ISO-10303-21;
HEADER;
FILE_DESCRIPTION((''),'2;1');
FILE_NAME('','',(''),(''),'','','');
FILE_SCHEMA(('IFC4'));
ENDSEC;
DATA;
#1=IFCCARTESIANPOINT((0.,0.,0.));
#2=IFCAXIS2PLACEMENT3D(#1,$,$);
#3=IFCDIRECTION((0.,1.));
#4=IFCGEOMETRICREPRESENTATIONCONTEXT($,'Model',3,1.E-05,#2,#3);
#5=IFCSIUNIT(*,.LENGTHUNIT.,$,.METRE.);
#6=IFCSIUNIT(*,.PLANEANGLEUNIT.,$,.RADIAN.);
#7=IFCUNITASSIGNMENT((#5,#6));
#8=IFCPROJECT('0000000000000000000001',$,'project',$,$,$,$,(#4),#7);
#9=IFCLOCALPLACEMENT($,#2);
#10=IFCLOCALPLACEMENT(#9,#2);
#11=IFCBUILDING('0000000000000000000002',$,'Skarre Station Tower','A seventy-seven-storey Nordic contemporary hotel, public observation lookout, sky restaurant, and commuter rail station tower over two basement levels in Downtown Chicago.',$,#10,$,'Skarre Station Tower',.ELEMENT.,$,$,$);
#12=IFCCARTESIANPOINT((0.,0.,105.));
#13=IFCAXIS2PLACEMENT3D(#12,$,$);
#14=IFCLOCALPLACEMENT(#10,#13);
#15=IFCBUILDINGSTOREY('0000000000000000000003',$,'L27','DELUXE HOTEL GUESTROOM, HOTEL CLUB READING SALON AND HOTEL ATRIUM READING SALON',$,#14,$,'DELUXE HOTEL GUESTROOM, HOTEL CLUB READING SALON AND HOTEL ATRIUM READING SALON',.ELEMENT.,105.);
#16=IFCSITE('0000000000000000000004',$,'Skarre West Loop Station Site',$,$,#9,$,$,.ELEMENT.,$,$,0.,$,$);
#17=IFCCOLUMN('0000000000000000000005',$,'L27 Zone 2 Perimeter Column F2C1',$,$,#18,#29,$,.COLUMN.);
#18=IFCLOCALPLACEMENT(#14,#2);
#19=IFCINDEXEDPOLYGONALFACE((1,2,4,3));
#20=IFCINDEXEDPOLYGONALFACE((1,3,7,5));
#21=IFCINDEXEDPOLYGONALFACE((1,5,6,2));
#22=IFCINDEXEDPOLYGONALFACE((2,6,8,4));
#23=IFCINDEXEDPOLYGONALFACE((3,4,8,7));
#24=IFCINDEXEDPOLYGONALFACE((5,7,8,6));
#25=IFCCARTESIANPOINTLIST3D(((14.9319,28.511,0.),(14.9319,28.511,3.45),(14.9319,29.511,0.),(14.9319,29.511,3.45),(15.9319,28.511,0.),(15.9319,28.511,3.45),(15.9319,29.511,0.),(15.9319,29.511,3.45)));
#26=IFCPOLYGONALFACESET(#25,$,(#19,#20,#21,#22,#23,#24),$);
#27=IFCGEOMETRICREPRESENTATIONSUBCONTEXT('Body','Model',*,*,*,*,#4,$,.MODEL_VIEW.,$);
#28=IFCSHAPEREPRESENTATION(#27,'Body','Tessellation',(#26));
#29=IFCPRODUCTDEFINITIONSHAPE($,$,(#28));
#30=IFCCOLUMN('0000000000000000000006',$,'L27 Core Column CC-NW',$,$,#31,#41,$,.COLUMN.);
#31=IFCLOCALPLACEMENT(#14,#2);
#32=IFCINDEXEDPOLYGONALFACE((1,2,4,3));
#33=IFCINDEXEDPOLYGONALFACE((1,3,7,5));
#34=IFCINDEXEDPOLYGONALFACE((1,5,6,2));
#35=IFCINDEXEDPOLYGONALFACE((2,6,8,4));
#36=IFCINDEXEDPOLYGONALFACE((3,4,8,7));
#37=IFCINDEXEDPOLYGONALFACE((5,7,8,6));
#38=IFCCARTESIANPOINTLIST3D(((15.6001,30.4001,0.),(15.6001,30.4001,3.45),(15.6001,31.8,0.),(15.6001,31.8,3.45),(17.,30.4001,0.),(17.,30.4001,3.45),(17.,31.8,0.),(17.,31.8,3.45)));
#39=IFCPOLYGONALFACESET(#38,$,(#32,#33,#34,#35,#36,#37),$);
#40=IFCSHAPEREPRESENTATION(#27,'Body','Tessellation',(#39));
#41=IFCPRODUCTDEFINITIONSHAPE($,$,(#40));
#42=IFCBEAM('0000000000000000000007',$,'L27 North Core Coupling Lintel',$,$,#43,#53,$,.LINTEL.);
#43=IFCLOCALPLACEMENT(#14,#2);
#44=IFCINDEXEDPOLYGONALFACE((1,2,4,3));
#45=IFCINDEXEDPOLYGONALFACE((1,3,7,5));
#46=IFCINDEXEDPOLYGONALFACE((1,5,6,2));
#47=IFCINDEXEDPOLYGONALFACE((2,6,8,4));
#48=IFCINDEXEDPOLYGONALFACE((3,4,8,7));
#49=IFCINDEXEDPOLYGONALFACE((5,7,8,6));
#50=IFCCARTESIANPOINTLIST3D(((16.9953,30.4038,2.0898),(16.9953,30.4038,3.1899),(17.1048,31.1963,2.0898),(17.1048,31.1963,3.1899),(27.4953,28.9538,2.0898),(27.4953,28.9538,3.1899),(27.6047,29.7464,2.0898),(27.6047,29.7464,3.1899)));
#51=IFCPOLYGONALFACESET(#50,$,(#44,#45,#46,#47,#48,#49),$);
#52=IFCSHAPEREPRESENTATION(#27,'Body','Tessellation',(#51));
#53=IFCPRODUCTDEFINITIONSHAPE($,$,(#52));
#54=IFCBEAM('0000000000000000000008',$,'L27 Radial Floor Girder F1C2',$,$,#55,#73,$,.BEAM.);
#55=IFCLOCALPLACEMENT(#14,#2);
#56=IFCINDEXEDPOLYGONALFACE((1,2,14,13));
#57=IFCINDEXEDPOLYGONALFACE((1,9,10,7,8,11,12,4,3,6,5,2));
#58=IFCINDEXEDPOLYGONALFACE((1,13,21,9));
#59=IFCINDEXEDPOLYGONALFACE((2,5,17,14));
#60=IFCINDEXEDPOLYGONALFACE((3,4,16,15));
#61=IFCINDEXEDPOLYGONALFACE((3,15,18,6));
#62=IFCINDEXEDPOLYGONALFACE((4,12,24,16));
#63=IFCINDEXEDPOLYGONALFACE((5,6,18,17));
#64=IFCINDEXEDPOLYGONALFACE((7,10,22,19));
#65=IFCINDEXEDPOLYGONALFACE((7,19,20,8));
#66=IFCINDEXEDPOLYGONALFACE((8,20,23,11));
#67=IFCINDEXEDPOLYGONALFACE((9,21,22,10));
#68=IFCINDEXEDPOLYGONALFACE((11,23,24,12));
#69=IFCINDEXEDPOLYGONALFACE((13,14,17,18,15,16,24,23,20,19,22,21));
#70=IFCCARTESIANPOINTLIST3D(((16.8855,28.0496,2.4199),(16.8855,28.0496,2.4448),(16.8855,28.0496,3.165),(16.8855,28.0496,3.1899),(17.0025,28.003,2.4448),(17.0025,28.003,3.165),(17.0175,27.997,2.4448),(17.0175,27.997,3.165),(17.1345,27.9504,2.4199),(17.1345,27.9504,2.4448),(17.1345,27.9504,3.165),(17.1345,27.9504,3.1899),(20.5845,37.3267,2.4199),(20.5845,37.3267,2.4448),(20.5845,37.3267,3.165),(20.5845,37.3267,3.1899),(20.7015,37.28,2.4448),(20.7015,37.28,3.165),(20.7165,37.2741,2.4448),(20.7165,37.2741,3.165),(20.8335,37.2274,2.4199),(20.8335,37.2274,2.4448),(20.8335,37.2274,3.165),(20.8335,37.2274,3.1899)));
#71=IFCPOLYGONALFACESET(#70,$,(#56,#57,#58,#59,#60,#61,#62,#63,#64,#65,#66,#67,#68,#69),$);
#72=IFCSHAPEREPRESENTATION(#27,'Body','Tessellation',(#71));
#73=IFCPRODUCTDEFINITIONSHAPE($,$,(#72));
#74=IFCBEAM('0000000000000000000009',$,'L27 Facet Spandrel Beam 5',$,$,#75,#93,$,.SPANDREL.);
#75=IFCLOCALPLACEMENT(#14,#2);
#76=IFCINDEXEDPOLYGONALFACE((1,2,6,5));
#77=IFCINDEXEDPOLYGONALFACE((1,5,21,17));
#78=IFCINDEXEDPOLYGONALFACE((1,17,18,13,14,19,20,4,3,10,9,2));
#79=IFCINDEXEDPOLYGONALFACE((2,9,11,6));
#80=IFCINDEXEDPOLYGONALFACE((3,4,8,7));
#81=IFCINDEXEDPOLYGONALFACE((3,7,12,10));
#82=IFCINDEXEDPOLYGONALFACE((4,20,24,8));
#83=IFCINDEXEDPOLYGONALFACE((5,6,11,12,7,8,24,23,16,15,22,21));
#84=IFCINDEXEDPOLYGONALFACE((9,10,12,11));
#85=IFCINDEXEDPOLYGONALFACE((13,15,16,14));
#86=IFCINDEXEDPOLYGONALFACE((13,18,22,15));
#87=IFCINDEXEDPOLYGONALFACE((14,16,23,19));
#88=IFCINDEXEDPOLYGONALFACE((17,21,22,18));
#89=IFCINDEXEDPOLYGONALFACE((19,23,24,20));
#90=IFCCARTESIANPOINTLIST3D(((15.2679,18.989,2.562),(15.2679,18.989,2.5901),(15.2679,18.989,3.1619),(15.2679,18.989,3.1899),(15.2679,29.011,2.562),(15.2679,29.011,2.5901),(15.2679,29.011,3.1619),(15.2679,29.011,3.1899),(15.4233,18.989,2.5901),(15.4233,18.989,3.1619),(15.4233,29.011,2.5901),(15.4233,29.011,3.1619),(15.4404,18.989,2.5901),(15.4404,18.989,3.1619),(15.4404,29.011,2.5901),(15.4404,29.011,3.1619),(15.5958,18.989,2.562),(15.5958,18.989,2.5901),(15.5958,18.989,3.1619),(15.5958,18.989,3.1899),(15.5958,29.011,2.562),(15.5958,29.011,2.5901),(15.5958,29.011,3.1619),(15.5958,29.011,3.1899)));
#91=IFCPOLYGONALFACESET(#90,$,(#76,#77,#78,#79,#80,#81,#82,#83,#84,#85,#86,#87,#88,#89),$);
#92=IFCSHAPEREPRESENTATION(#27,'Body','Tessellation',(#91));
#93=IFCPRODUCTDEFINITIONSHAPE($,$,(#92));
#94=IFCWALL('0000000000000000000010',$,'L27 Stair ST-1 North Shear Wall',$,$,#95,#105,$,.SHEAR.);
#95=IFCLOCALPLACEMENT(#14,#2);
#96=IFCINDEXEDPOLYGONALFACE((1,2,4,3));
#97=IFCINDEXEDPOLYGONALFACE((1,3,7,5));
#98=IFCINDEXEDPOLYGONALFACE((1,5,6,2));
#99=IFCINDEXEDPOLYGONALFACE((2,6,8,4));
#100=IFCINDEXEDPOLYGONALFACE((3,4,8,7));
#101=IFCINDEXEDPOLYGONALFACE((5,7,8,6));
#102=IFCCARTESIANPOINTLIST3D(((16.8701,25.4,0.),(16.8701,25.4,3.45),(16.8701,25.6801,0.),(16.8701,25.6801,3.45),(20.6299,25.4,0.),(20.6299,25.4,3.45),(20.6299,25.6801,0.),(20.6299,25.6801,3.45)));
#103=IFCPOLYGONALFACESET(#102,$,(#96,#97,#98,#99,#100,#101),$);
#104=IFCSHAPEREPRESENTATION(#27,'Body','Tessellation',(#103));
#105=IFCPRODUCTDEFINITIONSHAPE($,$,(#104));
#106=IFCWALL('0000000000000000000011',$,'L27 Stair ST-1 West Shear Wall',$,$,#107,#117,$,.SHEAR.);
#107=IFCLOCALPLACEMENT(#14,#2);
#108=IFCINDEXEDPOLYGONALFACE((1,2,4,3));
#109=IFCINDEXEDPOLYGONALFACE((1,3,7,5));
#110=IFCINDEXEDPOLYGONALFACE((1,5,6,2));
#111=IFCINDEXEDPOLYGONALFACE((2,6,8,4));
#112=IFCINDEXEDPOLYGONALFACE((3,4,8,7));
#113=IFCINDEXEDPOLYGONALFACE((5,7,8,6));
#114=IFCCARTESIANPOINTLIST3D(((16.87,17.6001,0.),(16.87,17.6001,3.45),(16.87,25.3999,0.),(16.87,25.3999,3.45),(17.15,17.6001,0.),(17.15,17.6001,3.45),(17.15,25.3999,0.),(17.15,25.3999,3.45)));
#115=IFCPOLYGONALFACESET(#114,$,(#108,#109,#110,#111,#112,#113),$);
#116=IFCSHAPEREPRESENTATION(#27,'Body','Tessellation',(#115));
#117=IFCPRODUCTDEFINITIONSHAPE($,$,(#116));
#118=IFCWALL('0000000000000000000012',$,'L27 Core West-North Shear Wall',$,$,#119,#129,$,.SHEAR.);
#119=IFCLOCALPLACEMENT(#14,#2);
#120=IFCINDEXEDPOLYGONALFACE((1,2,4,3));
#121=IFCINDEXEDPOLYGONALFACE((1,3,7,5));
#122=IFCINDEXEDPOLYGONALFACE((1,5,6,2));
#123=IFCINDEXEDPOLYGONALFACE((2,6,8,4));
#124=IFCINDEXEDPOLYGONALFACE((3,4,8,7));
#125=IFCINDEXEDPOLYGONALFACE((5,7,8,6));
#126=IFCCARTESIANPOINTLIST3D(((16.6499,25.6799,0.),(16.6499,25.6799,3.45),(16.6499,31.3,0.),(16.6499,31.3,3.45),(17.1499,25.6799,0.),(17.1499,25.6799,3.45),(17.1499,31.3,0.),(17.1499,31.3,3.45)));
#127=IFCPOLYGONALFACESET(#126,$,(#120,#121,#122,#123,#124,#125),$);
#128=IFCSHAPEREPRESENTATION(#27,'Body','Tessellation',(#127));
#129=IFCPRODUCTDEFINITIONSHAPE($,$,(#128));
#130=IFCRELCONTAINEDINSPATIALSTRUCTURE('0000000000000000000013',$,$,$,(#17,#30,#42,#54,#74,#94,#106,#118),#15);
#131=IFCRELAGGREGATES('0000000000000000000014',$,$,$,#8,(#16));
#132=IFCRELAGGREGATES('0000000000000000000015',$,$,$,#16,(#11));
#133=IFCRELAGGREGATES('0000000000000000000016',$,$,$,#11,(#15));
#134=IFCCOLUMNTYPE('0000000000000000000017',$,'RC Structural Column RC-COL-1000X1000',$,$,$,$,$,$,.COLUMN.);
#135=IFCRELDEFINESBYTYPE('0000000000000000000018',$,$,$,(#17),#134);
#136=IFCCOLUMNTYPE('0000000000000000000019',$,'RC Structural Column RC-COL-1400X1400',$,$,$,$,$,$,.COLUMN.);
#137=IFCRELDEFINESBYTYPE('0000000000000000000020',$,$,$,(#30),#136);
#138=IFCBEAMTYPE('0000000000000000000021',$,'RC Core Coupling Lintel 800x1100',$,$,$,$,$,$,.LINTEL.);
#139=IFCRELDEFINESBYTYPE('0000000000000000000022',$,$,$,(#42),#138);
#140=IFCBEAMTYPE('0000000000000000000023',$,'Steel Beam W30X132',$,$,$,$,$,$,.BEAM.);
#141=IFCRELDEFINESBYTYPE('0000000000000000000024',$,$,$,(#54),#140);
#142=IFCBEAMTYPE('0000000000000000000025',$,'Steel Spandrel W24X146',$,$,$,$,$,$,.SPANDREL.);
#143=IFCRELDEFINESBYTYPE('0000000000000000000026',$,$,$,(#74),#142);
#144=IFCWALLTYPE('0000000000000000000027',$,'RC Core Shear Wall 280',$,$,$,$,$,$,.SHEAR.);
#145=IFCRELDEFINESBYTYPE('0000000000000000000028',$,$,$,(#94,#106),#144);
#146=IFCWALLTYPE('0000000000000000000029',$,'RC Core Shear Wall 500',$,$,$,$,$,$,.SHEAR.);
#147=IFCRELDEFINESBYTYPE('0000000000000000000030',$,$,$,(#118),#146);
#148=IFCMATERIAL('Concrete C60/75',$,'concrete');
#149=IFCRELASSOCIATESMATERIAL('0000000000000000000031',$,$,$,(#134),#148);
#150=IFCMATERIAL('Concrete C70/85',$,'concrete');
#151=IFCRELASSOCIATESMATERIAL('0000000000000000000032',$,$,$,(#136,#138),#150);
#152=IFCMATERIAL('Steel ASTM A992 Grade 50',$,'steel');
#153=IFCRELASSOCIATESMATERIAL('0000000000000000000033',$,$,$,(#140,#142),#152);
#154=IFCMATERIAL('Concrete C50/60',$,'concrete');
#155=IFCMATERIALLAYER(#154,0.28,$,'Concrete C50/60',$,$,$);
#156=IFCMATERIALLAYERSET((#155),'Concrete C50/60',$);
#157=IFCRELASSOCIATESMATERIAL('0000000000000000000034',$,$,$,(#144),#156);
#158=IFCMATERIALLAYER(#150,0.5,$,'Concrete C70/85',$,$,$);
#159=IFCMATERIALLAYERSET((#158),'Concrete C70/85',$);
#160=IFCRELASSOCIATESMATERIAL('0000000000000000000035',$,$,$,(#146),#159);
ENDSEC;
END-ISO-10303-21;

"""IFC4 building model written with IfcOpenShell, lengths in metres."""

from ifc_helpers import new_model, si_unit, direction, frame, frame_2d, origin, origin_2d, place, context, subcontext, project, spatial, rectangle, i_section, extrude, material, layer, layer_set, material_profile, profile_set, type_object, element, save


model = new_model("IFC4")

# Units and contexts
model_context = context("Model", 3, precision=1e-05, world=origin(), true_north=direction((0.0, 1.0)))
body_context = subcontext(model_context, "Body", "Model", "MODEL_VIEW")
ifc_project = project(units=[si_unit("LENGTHUNIT", "METRE"), si_unit("PLANEANGLEUNIT", "RADIAN")], contexts=[model_context])

# Site, building, storey
site_placement = place(None, origin())
site = spatial("IfcSite", under=ifc_project, at=site_placement, Name="Skarre West Loop Station Site", CompositionType="ELEMENT", RefElevation=0.0)
building_placement = place(site_placement, origin())
building = spatial("IfcBuilding", under=site, at=building_placement, Name="Skarre Station Tower", Description="A seventy-seven-storey Nordic contemporary hotel, public observation lookout, sky restaurant, and commuter rail station tower over two basement levels in Downtown Chicago.", LongName="Skarre Station Tower", CompositionType="ELEMENT")
storey_placement = place(building_placement, frame((0.0, 0.0, 105.0)))
storey = spatial("IfcBuildingStorey", under=building, at=storey_placement, Name="L27", Description="DELUXE HOTEL GUESTROOM, HOTEL CLUB READING SALON AND HOTEL ATRIUM READING SALON", LongName="DELUXE HOTEL GUESTROOM, HOTEL CLUB READING SALON AND HOTEL ATRIUM READING SALON", CompositionType="ELEMENT", Elevation=105.0)

# Columns
ifc_material_1 = material(Name="Concrete C60/75", Category="concrete")
ifc_material_profile_1 = material_profile(ifc_material_1, rectangle(XDim=1.0, YDim=1.0, at=origin_2d()), Name="Concrete C60/75")
ifc_profile_set_1 = profile_set([ifc_material_profile_1], Name="Concrete C60/75")
column_type_1 = type_object("IfcColumnType", Name="RC Structural Column RC-COL-1000X1000", PredefinedType="COLUMN", material=ifc_profile_set_1)
column_1_placement = place(storey_placement, frame((15.4319, 29.011, 0.0), z_axis=(0.0, 0.0, 1.0), x_axis=(1.0, 0.0, 0.0)))
element("IfcColumn", 1, at=column_1_placement, inside=storey, type_object=column_type_1, Name="L27 Zone 2 Perimeter Column F2C1", PredefinedType="COLUMN", context=body_context, shape_type="SweptSolid", body=[
    extrude(rectangle(XDim=1.0, YDim=1.0, at=origin_2d()), origin(), (0.0, 0.0, 1.0), 3.45),
])
ifc_material_2 = material(Name="Concrete C70/85", Category="concrete")
ifc_material_profile_2 = material_profile(ifc_material_2, rectangle(XDim=1.3999, YDim=1.3999, at=origin_2d()), Name="Concrete C70/85")
ifc_profile_set_2 = profile_set([ifc_material_profile_2], Name="Concrete C70/85")
column_type_2 = type_object("IfcColumnType", Name="RC Structural Column RC-COL-1400X1400", PredefinedType="COLUMN", material=ifc_profile_set_2)
column_2_placement = place(storey_placement, frame((16.3, 31.1001, 0.0), z_axis=(0.0, 0.0, 1.0), x_axis=(1.0, 0.0, 0.0)))
element("IfcColumn", 2, at=column_2_placement, inside=storey, type_object=column_type_2, Name="L27 Core Column CC-NW", PredefinedType="COLUMN", context=body_context, shape_type="SweptSolid", body=[
    extrude(rectangle(XDim=1.3999, YDim=1.3999, at=origin_2d()), origin(), (0.0, 0.0, 1.0), 3.45),
])

# Beams
ifc_material_profile_3 = material_profile(ifc_material_2, rectangle(XDim=0.8, YDim=1.1001, at=origin_2d()), Name="Concrete C70/85")
ifc_profile_set_3 = profile_set([ifc_material_profile_3], Name="Concrete C70/85")
beam_type_1 = type_object("IfcBeamType", Name="RC Core Coupling Lintel 800x1100", PredefinedType="LINTEL", material=ifc_profile_set_3)
beam_1_placement = place(storey_placement, frame((17.05, 30.8, 2.6399), z_axis=(0.9906, -0.136792, 0.0), x_axis=(0.136792, 0.9906, 0.0)))
element("IfcBeam", 3, at=beam_1_placement, inside=storey, type_object=beam_type_1, Name="L27 North Core Coupling Lintel", PredefinedType="LINTEL", context=body_context, shape_type="SweptSolid", body=[
    extrude(rectangle(XDim=0.8, YDim=1.1001, at=origin_2d()), origin(), (0.0, 0.0, 1.0), 10.5996),
])
ifc_material_3 = material(Name="Steel ASTM A992 Grade 50", Category="steel")
ifc_material_profile_4 = material_profile(ifc_material_3, i_section(OverallWidth=0.2681, OverallDepth=0.77, WebThickness=0.0161, FlangeThickness=0.0249, at=origin_2d()), Name="Steel ASTM A992 Grade 50")
ifc_profile_set_4 = profile_set([ifc_material_profile_4], Name="Steel ASTM A992 Grade 50")
beam_type_2 = type_object("IfcBeamType", Name="Steel Beam W30X132", PredefinedType="BEAM", material=ifc_profile_set_4)
beam_2_placement = place(storey_placement, frame((17.01, 28.0, 2.8049), z_axis=(0.370366, 0.928886, 0.0), x_axis=(-0.928886, 0.370366, 0.0)))
element("IfcBeam", 4, at=beam_2_placement, inside=storey, type_object=beam_type_2, Name="L27 Radial Floor Girder F1C2", PredefinedType="BEAM", context=body_context, shape_type="SweptSolid", body=[
    extrude(i_section(OverallWidth=0.2681, OverallDepth=0.77, WebThickness=0.0161, FlangeThickness=0.0249, at=origin_2d()), origin(), (0.0, 0.0, 1.0), 9.9873),
])
ifc_material_profile_5 = material_profile(ifc_material_3, i_section(OverallWidth=0.3279, OverallDepth=0.6279, WebThickness=0.0171, FlangeThickness=0.0281, at=origin_2d()), Name="Steel ASTM A992 Grade 50")
ifc_profile_set_5 = profile_set([ifc_material_profile_5], Name="Steel ASTM A992 Grade 50")
beam_type_3 = type_object("IfcBeamType", Name="Steel Spandrel W24X146", PredefinedType="SPANDREL", material=ifc_profile_set_5)
beam_3_placement = place(storey_placement, frame((15.4319, 29.011, 2.876), z_axis=(0.0, -1.0, 0.0), x_axis=(1.0, 0.0, 0.0)))
element("IfcBeam", 5, at=beam_3_placement, inside=storey, type_object=beam_type_3, Name="L27 Facet Spandrel Beam 5", PredefinedType="SPANDREL", context=body_context, shape_type="SweptSolid", body=[
    extrude(i_section(OverallWidth=0.3279, OverallDepth=0.6279, WebThickness=0.0171, FlangeThickness=0.0281, at=origin_2d()), origin(), (0.0, 0.0, 1.0), 10.022),
])

# Walls
ifc_material_4 = material(Name="Concrete C50/60", Category="concrete")
ifc_layer_1 = layer(ifc_material_4, 0.28, Name="Concrete C50/60")
ifc_layer_set_1 = layer_set([ifc_layer_1], Name="Concrete C50/60")
wall_type_1 = type_object("IfcWallType", Name="RC Core Shear Wall 280", PredefinedType="SHEAR", material=ifc_layer_set_1)
wall_1_placement = place(storey_placement, frame((20.6299, 25.54, 0.0), z_axis=(0.0, 0.0, 1.0), x_axis=(-1.0, 0.0, 0.0)))
element("IfcWall", 6, at=wall_1_placement, inside=storey, type_object=wall_type_1, Name="L27 Stair ST-1 North Shear Wall", PredefinedType="SHEAR", context=body_context, shape_type="SweptSolid", body=[
    extrude(rectangle(XDim=3.7598, YDim=0.28, at=frame_2d((1.8799, 0.0))), origin(), (0.0, 0.0, 1.0), 3.45),
])
wall_2_placement = place(storey_placement, frame((17.01, 25.3999, 0.0), z_axis=(0.0, 0.0, 1.0), x_axis=(0.0, -1.0, 0.0)))
element("IfcWall", 7, at=wall_2_placement, inside=storey, type_object=wall_type_1, Name="L27 Stair ST-1 West Shear Wall", PredefinedType="SHEAR", context=body_context, shape_type="SweptSolid", body=[
    extrude(rectangle(XDim=7.7998, YDim=0.28, at=frame_2d((3.8999, 0.0))), origin(), (0.0, 0.0, 1.0), 3.45),
])
ifc_layer_2 = layer(ifc_material_2, 0.5, Name="Concrete C70/85")
ifc_layer_set_2 = layer_set([ifc_layer_2], Name="Concrete C70/85")
wall_type_2 = type_object("IfcWallType", Name="RC Core Shear Wall 500", PredefinedType="SHEAR", material=ifc_layer_set_2)
wall_3_placement = place(storey_placement, frame((16.8999, 25.6799, 0.0), z_axis=(0.0, 0.0, 1.0), x_axis=(0.0, 1.0, 0.0)))
element("IfcWall", 8, at=wall_3_placement, inside=storey, type_object=wall_type_2, Name="L27 Core West-North Shear Wall", PredefinedType="SHEAR", context=body_context, shape_type="SweptSolid", body=[
    extrude(rectangle(XDim=5.6201, YDim=0.5, at=frame_2d((2.8101, 0.0))), origin(), (0.0, 0.0, 1.0), 3.45),
])

save(model, "model.ifc")
